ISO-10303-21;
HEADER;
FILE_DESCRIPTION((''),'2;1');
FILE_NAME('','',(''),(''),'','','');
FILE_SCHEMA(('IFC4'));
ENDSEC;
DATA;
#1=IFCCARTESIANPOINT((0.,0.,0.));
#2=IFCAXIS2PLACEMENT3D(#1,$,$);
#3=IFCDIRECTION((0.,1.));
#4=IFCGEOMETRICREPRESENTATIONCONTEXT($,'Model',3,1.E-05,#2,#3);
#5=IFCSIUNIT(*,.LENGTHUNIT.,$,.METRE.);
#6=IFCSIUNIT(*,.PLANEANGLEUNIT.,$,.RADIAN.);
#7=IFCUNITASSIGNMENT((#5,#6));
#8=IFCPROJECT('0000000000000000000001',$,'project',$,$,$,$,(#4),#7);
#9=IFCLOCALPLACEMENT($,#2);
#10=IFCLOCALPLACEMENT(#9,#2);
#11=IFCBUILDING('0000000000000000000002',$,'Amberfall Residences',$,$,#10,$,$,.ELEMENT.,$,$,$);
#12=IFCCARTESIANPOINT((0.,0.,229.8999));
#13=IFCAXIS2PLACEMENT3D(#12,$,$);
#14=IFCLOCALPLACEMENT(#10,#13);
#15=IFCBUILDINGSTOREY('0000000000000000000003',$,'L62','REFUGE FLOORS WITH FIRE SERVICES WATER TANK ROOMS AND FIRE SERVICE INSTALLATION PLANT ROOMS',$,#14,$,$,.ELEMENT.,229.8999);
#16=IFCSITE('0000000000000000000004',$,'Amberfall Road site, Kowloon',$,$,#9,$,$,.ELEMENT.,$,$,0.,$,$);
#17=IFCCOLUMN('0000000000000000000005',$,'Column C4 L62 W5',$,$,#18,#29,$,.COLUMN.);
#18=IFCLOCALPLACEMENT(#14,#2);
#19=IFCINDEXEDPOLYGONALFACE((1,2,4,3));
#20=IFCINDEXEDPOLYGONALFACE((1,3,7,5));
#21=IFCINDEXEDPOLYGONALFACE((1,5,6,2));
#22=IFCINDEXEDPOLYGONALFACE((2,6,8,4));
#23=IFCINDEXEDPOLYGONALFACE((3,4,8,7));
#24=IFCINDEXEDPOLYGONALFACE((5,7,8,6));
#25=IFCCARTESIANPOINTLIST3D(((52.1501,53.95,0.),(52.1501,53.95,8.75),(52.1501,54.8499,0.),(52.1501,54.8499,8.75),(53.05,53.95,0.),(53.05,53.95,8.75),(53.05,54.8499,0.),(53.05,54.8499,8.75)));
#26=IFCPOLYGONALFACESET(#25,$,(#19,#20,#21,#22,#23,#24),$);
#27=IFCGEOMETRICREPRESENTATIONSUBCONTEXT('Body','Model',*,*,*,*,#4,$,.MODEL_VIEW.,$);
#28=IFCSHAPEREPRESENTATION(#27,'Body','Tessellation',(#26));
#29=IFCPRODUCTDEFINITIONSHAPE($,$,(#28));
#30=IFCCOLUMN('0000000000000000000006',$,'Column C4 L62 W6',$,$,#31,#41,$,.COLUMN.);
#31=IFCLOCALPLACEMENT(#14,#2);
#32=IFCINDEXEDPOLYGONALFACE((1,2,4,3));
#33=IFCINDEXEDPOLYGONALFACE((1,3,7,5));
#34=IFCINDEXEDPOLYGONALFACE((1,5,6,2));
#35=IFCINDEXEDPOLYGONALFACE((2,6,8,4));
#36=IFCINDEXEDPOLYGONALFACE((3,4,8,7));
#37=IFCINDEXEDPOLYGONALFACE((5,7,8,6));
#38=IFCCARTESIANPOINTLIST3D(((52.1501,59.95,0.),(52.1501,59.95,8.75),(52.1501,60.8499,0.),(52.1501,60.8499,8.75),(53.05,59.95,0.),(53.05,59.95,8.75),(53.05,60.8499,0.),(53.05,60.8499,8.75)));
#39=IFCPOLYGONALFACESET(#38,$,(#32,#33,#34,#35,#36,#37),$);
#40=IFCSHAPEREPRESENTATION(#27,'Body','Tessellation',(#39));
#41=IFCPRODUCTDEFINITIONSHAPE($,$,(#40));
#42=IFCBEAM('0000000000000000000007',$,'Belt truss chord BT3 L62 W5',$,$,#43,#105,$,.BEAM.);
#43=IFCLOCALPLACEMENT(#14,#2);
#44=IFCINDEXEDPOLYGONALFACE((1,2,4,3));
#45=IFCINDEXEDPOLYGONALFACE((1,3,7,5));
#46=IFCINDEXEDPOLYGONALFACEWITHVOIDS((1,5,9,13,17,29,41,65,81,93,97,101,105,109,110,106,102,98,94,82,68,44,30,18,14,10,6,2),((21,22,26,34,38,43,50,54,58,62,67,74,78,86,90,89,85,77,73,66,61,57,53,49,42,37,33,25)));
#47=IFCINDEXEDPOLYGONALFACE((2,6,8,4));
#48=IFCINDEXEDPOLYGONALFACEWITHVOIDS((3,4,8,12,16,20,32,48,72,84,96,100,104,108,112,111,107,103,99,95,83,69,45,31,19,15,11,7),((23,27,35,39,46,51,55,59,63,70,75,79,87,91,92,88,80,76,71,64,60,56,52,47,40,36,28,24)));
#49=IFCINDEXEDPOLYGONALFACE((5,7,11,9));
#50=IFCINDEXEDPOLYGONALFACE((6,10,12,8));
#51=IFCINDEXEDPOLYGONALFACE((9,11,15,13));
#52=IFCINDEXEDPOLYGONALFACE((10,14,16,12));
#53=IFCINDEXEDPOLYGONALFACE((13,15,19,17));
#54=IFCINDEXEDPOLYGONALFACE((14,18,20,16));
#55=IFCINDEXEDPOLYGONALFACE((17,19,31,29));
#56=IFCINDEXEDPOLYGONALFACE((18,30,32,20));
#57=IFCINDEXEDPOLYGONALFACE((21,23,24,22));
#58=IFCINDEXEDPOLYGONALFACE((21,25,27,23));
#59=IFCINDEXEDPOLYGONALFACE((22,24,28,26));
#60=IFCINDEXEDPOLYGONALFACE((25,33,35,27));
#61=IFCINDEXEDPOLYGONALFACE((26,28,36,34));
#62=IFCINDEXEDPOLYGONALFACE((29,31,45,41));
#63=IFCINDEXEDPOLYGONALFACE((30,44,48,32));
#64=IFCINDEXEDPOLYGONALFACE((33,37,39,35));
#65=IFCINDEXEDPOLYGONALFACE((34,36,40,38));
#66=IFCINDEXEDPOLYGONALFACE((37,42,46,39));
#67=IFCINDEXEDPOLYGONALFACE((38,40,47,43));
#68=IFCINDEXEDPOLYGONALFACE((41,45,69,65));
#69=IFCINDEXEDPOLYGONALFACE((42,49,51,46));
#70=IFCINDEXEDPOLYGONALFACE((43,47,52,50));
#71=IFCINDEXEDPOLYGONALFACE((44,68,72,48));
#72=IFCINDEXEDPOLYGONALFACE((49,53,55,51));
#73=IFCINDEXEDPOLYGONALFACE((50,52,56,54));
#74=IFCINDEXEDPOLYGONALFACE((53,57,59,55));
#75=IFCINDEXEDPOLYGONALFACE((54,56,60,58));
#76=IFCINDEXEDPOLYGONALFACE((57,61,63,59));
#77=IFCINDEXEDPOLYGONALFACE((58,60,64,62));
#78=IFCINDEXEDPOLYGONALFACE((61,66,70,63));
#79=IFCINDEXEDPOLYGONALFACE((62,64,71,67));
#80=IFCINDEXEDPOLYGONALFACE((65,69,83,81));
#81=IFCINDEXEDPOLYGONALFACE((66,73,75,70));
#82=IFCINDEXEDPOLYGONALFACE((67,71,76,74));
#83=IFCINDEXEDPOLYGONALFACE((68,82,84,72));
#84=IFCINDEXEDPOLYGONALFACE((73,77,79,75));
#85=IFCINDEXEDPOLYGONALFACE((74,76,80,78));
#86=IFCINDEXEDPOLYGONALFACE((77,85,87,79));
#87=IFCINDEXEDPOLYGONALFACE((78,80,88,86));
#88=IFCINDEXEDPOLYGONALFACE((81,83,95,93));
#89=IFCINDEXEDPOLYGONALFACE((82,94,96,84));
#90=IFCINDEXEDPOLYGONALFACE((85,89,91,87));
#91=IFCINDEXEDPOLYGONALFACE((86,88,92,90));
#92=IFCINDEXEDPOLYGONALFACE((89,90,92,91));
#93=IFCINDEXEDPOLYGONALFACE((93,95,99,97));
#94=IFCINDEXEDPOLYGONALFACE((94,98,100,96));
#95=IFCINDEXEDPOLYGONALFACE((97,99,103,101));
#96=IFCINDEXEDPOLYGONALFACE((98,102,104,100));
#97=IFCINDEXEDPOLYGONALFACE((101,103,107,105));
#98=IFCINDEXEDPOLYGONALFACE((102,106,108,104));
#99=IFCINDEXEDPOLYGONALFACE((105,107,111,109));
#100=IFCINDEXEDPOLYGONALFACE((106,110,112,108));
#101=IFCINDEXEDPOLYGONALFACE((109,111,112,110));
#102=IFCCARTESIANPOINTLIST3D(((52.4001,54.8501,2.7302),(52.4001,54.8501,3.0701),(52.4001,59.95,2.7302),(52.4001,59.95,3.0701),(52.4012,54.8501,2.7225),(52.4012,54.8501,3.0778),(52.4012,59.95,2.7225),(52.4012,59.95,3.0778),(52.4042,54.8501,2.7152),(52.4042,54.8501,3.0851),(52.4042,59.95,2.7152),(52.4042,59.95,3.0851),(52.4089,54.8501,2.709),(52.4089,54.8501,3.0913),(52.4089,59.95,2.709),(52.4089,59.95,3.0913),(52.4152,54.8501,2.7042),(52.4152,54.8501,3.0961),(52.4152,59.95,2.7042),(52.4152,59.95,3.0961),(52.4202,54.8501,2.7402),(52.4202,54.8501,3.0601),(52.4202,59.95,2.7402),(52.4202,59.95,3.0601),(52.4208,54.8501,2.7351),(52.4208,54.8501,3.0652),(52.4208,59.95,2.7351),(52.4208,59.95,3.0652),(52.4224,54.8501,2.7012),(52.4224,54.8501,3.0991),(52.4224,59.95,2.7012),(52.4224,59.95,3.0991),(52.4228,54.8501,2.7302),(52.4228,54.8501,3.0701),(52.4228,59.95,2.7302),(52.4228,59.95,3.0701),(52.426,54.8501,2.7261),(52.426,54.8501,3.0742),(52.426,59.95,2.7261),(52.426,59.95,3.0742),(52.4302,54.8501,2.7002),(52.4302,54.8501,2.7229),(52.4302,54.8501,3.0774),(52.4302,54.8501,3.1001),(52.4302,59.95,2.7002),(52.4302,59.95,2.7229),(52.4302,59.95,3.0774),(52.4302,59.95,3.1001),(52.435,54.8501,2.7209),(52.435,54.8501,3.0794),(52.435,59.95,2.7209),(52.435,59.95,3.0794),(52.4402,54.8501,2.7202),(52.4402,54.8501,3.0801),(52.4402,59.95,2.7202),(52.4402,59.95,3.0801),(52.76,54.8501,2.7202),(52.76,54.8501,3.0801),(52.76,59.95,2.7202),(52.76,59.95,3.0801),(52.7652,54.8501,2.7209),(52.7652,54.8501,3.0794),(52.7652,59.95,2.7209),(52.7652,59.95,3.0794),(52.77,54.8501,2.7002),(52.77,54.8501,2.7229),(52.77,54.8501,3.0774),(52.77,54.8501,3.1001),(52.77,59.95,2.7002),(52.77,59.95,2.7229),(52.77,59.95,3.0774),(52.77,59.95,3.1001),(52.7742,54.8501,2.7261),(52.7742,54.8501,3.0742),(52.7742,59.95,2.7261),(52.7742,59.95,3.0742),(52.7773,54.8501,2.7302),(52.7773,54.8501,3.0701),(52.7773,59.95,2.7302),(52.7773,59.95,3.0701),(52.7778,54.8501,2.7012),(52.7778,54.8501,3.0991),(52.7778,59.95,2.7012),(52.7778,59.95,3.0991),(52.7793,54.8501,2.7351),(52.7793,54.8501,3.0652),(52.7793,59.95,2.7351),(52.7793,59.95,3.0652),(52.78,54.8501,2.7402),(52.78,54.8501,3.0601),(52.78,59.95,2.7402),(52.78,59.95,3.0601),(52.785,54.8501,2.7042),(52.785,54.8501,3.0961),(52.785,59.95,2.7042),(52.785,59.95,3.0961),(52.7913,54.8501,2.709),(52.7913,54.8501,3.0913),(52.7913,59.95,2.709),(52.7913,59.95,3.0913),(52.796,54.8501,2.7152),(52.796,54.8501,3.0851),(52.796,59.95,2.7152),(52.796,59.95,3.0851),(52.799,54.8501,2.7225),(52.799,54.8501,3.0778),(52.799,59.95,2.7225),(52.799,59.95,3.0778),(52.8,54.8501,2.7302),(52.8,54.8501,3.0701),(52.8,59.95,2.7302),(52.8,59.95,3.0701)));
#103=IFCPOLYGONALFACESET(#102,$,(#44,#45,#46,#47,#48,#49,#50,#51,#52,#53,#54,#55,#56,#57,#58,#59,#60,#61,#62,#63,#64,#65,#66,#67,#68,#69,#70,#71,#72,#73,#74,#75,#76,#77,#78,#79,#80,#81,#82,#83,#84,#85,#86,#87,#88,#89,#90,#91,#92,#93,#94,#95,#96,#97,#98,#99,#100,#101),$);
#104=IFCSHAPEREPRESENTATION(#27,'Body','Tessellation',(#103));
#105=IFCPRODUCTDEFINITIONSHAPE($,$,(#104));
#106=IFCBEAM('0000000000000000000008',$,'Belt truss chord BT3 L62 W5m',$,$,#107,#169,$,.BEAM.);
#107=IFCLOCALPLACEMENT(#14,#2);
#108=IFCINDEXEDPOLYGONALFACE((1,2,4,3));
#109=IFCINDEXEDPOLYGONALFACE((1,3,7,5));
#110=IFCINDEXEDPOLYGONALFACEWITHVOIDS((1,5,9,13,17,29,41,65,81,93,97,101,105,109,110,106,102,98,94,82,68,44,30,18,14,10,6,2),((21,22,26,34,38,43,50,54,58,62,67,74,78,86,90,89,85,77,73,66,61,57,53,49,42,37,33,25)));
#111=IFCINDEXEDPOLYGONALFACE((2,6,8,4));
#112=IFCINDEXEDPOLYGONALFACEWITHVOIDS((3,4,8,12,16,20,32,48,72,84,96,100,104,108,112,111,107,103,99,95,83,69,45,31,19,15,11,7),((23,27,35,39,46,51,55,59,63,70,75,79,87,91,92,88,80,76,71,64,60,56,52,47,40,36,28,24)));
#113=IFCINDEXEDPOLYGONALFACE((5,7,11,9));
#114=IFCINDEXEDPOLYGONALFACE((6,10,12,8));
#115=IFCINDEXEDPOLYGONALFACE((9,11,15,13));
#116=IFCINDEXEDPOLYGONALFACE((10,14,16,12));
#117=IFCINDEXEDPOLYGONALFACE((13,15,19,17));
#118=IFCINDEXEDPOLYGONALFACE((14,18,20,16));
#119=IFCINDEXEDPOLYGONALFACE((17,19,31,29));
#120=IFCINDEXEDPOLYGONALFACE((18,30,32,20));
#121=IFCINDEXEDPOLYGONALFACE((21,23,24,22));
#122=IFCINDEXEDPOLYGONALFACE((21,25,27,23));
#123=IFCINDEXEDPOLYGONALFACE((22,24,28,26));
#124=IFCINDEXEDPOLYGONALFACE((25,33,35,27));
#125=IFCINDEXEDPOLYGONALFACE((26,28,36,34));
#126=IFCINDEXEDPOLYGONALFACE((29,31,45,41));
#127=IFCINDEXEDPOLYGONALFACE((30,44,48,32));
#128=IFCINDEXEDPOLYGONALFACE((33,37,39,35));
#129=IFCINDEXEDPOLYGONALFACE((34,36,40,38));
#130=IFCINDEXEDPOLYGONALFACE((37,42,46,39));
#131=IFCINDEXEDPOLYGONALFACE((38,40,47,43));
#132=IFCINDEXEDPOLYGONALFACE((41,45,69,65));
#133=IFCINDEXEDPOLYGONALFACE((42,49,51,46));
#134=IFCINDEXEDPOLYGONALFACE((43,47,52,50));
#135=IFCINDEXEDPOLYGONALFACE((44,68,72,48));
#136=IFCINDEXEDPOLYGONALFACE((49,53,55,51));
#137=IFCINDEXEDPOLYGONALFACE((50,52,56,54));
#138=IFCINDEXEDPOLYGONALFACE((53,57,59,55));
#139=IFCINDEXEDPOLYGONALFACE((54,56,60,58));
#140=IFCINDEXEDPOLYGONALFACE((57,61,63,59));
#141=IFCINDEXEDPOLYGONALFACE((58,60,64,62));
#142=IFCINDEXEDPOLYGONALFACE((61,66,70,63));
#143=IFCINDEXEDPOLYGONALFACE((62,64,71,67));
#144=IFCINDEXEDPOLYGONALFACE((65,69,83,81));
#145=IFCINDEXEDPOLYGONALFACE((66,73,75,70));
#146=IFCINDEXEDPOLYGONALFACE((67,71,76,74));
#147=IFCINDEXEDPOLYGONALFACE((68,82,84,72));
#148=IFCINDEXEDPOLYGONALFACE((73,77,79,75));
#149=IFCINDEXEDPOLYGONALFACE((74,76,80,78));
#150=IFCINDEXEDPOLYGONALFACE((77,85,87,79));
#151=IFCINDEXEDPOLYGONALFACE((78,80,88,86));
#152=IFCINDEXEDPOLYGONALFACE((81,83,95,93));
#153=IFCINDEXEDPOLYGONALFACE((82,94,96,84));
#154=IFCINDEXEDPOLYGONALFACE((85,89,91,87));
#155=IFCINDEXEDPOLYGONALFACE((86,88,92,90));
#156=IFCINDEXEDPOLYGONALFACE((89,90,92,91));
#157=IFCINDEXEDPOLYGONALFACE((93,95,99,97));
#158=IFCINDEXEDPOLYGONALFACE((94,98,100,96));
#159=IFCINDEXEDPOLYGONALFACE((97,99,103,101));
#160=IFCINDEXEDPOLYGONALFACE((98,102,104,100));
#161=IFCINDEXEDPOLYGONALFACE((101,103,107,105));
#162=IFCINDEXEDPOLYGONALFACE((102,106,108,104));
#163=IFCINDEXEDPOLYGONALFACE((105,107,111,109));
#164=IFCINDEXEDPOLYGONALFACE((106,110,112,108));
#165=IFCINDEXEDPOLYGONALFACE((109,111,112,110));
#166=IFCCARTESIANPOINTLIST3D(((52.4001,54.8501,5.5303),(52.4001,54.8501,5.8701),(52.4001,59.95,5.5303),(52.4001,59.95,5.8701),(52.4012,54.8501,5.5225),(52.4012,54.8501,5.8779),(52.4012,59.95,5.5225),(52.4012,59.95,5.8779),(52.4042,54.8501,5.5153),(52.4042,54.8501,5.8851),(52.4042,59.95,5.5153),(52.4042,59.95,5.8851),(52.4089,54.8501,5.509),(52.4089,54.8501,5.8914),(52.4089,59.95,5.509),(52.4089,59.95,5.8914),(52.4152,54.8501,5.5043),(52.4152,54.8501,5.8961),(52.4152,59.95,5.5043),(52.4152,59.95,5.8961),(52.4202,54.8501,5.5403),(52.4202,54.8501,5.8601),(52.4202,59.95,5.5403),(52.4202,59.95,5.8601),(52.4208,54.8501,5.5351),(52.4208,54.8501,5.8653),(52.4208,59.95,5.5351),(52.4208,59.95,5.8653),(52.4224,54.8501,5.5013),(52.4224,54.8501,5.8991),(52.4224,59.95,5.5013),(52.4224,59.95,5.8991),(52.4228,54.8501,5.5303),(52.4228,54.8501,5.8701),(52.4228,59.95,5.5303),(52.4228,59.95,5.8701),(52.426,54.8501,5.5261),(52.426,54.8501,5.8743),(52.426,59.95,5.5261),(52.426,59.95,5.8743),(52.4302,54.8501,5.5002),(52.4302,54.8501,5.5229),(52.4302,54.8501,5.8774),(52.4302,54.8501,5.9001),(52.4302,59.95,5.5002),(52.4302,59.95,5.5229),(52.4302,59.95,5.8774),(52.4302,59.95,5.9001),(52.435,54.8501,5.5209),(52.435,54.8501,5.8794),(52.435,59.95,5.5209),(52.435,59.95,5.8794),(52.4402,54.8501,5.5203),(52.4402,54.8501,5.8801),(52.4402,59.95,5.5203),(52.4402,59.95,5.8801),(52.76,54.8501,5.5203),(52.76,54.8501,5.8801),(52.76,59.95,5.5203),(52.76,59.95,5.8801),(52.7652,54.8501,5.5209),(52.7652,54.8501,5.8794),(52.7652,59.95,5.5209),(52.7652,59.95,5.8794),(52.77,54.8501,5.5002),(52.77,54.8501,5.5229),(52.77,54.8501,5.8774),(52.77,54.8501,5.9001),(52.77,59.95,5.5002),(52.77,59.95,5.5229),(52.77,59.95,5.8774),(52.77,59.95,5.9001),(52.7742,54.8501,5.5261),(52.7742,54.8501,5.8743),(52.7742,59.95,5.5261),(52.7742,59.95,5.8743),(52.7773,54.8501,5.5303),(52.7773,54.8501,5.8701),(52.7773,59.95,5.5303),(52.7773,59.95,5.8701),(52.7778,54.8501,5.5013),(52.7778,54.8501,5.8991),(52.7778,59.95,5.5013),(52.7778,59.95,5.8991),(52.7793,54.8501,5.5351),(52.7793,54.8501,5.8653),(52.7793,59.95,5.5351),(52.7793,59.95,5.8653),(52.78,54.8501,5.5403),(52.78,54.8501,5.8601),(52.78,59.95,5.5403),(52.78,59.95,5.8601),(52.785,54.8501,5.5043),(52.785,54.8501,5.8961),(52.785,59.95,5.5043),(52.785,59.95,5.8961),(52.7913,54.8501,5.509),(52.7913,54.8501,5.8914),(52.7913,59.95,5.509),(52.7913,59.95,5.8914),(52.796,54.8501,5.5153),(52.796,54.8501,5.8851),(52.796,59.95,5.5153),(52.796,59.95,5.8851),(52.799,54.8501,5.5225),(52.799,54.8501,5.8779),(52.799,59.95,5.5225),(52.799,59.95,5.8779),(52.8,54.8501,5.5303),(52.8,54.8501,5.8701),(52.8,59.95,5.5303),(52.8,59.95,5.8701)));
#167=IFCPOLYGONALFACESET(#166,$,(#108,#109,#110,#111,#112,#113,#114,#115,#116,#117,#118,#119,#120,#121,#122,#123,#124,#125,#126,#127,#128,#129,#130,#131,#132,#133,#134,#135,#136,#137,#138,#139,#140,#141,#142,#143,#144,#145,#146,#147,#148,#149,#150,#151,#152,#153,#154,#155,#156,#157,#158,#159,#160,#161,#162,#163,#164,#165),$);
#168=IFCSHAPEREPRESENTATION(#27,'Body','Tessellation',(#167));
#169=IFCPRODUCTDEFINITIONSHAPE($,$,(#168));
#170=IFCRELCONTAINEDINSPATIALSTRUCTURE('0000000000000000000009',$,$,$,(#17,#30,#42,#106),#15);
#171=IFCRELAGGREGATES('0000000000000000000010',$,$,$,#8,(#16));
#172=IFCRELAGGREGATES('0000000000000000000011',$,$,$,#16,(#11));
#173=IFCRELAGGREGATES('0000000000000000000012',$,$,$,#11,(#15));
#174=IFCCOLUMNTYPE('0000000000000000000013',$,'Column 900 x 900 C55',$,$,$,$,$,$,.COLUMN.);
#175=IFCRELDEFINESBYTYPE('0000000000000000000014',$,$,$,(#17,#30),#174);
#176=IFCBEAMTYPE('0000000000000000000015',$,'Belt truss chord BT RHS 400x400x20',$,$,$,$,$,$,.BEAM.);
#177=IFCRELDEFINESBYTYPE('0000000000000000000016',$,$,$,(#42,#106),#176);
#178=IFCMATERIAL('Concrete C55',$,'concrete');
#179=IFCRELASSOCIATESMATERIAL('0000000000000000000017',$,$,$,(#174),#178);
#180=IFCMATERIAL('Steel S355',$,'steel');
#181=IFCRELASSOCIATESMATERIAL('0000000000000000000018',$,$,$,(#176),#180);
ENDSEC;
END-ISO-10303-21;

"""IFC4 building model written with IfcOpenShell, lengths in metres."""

from ifc_helpers import new_model, si_unit, direction, frame, origin, origin_2d, place, context, subcontext, project, spatial, rectangle, hollow_rectangle, extrude, material, material_profile, profile_set, type_object, element, save


model = new_model("IFC4")

# Units and contexts
model_context = context("Model", 3, precision=1e-05, world=origin(), true_north=direction((0.0, 1.0)))
body_context = subcontext(model_context, "Body", "Model", "MODEL_VIEW")
ifc_project = project(units=[si_unit("LENGTHUNIT", "METRE"), si_unit("PLANEANGLEUNIT", "RADIAN")], contexts=[model_context])

# Site, building, storey
site_placement = place(None, origin())
site = spatial("IfcSite", under=ifc_project, at=site_placement, Name="Amberfall Road site, Kowloon", CompositionType="ELEMENT", RefElevation=0.0)
building_placement = place(site_placement, origin())
building = spatial("IfcBuilding", under=site, at=building_placement, Name="Amberfall Residences", CompositionType="ELEMENT")
storey_placement = place(building_placement, frame((0.0, 0.0, 229.8999)))
storey = spatial("IfcBuildingStorey", under=building, at=storey_placement, Name="L62", Description="REFUGE FLOORS WITH FIRE SERVICES WATER TANK ROOMS AND FIRE SERVICE INSTALLATION PLANT ROOMS", CompositionType="ELEMENT", Elevation=229.8999)

# Columns
ifc_material_1 = material(Name="Concrete C55", Category="concrete")
ifc_material_profile_1 = material_profile(ifc_material_1, rectangle(XDim=0.8999, YDim=0.8999, at=origin_2d()), Name="Column 900 x 900 C55")
ifc_profile_set_1 = profile_set([ifc_material_profile_1], Name="Concrete C55")
column_type = type_object("IfcColumnType", Name="Column 900 x 900 C55", PredefinedType="COLUMN", material=ifc_profile_set_1)
for number, where, z_axis, x_axis, name in (
    (1, (52.6001, 54.3999, 0.0), (0.0, 0.0, 1.0), (1.0, 0.0, 0.0), "Column C4 L62 W5"),
    (2, (52.6001, 60.3999, 0.0), (0.0, 0.0, 1.0), (1.0, 0.0, 0.0), "Column C4 L62 W6"),
):
    element("IfcColumn", number, at=place(storey_placement, frame(where, z_axis=z_axis, x_axis=x_axis)), inside=storey, type_object=column_type, Name=name, PredefinedType="COLUMN", context=body_context, shape_type="SweptSolid", body=[
        extrude(rectangle(XDim=0.8999, YDim=0.8999, at=origin_2d()), origin(), (0.0, 0.0, 1.0), 8.75),
    ])

# Beams
ifc_material_2 = material(Name="Steel S355", Category="steel")
ifc_material_profile_2 = material_profile(ifc_material_2, hollow_rectangle(XDim=0.3999, YDim=0.3999, WallThickness=0.02, InnerFilletRadius=0.02, OuterFilletRadius=0.03, at=origin_2d()), Name="RHS 400x400x20")
ifc_profile_set_2 = profile_set([ifc_material_profile_2], Name="Steel S355")
beam_type_1 = type_object("IfcBeamType", Name="Belt truss chord BT RHS 400x400x20", PredefinedType="BEAM", material=ifc_profile_set_2)
for number, where, z_axis, x_axis, name in (
    (3, (52.6001, 54.8501, 2.9001), (0.0, 1.0, 0.0), (-1.0, 0.0, 0.0), "Belt truss chord BT3 L62 W5"),
    (4, (52.6001, 54.8501, 5.7002), (0.0, 1.0, 0.0), (-1.0, 0.0, 0.0), "Belt truss chord BT3 L62 W5m"),
):
    element("IfcBeam", number, at=place(storey_placement, frame(where, z_axis=z_axis, x_axis=x_axis)), inside=storey, type_object=beam_type_1, Name=name, PredefinedType="BEAM", context=body_context, shape_type="SweptSolid", body=[
        extrude(hollow_rectangle(XDim=0.3999, YDim=0.3999, WallThickness=0.02, InnerFilletRadius=0.02, OuterFilletRadius=0.03, at=origin_2d()), origin(), (0.0, 0.0, 1.0), 5.0999),
    ])

save(model, "model.ifc")
